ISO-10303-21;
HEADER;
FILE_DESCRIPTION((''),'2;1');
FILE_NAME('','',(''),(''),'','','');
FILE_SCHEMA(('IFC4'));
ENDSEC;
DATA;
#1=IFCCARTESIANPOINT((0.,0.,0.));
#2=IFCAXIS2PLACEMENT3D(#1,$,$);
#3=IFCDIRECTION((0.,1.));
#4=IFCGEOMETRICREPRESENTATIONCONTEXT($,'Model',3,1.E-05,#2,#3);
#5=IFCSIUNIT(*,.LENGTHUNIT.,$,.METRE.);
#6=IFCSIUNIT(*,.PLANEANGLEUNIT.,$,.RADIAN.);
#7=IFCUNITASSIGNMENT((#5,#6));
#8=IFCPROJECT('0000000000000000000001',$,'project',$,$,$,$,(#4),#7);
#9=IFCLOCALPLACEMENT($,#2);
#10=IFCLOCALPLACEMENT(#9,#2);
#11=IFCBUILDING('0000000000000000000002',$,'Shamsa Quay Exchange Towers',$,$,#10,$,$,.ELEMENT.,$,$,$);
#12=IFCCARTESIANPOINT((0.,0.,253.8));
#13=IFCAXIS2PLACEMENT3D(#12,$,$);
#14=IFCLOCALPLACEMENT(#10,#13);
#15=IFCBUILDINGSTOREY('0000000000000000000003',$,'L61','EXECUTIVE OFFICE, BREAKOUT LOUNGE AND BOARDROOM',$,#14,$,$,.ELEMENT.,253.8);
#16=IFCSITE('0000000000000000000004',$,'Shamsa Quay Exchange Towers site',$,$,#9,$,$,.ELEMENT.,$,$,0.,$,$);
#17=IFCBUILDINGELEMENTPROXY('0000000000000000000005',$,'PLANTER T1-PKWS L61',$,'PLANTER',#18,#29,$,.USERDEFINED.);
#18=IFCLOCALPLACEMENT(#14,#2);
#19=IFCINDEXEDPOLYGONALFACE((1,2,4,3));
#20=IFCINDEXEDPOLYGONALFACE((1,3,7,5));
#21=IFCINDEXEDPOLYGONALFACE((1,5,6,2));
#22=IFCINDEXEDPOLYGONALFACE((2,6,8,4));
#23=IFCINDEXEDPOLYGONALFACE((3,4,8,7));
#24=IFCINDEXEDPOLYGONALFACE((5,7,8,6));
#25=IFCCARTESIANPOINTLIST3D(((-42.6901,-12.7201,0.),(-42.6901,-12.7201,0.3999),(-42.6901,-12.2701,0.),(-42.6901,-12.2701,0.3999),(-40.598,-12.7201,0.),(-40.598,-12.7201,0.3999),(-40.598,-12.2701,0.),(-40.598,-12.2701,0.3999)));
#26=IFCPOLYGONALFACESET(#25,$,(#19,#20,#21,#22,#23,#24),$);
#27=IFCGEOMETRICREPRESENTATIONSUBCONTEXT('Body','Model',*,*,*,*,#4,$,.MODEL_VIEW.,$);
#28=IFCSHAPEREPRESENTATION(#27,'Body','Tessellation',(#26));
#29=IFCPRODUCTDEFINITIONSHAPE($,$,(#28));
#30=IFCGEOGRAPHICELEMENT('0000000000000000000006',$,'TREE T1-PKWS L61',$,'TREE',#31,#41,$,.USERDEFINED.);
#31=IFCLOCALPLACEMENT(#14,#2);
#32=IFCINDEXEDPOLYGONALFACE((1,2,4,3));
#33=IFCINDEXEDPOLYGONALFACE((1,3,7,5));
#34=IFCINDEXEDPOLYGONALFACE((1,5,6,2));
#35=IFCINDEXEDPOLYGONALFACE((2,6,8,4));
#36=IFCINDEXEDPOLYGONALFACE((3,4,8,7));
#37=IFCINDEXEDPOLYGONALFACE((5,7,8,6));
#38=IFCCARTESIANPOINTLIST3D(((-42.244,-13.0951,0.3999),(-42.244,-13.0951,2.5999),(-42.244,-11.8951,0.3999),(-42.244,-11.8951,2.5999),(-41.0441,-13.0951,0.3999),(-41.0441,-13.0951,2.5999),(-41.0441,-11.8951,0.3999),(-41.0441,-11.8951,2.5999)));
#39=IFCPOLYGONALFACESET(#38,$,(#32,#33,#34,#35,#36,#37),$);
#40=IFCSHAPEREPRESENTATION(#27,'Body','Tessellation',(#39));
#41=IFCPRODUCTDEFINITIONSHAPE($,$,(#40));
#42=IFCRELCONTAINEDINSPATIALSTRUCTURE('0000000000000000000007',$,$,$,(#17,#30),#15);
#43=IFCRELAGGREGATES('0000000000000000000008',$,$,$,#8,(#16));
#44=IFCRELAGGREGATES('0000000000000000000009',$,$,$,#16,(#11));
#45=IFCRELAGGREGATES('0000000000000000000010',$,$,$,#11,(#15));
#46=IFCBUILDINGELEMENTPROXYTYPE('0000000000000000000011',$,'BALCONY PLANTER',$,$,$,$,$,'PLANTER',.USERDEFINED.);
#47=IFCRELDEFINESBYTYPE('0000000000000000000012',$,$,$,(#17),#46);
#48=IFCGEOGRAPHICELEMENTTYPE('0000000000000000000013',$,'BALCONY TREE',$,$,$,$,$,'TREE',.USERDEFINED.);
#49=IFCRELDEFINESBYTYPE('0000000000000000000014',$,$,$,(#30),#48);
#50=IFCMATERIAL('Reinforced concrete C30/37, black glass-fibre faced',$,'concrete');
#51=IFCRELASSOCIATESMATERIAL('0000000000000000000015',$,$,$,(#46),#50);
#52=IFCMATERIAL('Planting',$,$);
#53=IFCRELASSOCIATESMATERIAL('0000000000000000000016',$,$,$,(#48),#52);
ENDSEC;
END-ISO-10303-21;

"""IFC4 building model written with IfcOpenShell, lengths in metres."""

from ifc_helpers import new_model, si_unit, direction, frame, origin, origin_2d, place, context, subcontext, project, spatial, rectangle, extrude, material, type_object, element, save


model = new_model("IFC4")

# Units and contexts
model_context = context("Model", 3, precision=1e-05, world=origin(), true_north=direction((0.0, 1.0)))
body_context = subcontext(model_context, "Body", "Model", "MODEL_VIEW")
ifc_project = project(units=[si_unit("LENGTHUNIT", "METRE"), si_unit("PLANEANGLEUNIT", "RADIAN")], contexts=[model_context])

# Site, building, storey
site_placement = place(None, origin())
site = spatial("IfcSite", under=ifc_project, at=site_placement, Name="Shamsa Quay Exchange Towers site", CompositionType="ELEMENT", RefElevation=0.0)
building_placement = place(site_placement, origin())
building = spatial("IfcBuilding", under=site, at=building_placement, Name="Shamsa Quay Exchange Towers", CompositionType="ELEMENT")
storey_placement = place(building_placement, frame((0.0, 0.0, 253.8)))
storey = spatial("IfcBuildingStorey", under=building, at=storey_placement, Name="L61", Description="EXECUTIVE OFFICE, BREAKOUT LOUNGE AND BOARDROOM", CompositionType="ELEMENT", Elevation=253.8)

# Building element proxy
ifc_material_1 = material(Name="Reinforced concrete C30/37, black glass-fibre faced", Category="concrete")
building_element_proxy_type = type_object("IfcBuildingElementProxyType", Name="BALCONY PLANTER", ElementType="PLANTER", PredefinedType="USERDEFINED", material=ifc_material_1)
proxy_placement = place(storey_placement, frame((-41.644, -12.4951, 0.0)))
element("IfcBuildingElementProxy", 1, at=proxy_placement, inside=storey, type_object=building_element_proxy_type, Name="PLANTER T1-PKWS L61", ObjectType="PLANTER", PredefinedType="USERDEFINED", context=body_context, shape_type="SweptSolid", body=[
    extrude(rectangle(XDim=2.092, YDim=0.45, at=origin_2d()), origin(), (0.0, 0.0, 1.0), 0.3999),
])

# Geographic element
ifc_material_2 = material(Name="Planting")
geographic_element_type = type_object("IfcGeographicElementType", Name="BALCONY TREE", ElementType="TREE", PredefinedType="USERDEFINED", material=ifc_material_2)
geographic_element_placement = place(storey_placement, frame((-41.644, -12.4951, 0.3999)))
element("IfcGeographicElement", 2, at=geographic_element_placement, inside=storey, type_object=geographic_element_type, Name="TREE T1-PKWS L61", ObjectType="TREE", PredefinedType="USERDEFINED", context=body_context, shape_type="SweptSolid", body=[
    extrude(rectangle(XDim=1.2, YDim=1.2, at=origin_2d()), origin(), (0.0, 0.0, 1.0), 2.2),
])

save(model, "model.ifc")
